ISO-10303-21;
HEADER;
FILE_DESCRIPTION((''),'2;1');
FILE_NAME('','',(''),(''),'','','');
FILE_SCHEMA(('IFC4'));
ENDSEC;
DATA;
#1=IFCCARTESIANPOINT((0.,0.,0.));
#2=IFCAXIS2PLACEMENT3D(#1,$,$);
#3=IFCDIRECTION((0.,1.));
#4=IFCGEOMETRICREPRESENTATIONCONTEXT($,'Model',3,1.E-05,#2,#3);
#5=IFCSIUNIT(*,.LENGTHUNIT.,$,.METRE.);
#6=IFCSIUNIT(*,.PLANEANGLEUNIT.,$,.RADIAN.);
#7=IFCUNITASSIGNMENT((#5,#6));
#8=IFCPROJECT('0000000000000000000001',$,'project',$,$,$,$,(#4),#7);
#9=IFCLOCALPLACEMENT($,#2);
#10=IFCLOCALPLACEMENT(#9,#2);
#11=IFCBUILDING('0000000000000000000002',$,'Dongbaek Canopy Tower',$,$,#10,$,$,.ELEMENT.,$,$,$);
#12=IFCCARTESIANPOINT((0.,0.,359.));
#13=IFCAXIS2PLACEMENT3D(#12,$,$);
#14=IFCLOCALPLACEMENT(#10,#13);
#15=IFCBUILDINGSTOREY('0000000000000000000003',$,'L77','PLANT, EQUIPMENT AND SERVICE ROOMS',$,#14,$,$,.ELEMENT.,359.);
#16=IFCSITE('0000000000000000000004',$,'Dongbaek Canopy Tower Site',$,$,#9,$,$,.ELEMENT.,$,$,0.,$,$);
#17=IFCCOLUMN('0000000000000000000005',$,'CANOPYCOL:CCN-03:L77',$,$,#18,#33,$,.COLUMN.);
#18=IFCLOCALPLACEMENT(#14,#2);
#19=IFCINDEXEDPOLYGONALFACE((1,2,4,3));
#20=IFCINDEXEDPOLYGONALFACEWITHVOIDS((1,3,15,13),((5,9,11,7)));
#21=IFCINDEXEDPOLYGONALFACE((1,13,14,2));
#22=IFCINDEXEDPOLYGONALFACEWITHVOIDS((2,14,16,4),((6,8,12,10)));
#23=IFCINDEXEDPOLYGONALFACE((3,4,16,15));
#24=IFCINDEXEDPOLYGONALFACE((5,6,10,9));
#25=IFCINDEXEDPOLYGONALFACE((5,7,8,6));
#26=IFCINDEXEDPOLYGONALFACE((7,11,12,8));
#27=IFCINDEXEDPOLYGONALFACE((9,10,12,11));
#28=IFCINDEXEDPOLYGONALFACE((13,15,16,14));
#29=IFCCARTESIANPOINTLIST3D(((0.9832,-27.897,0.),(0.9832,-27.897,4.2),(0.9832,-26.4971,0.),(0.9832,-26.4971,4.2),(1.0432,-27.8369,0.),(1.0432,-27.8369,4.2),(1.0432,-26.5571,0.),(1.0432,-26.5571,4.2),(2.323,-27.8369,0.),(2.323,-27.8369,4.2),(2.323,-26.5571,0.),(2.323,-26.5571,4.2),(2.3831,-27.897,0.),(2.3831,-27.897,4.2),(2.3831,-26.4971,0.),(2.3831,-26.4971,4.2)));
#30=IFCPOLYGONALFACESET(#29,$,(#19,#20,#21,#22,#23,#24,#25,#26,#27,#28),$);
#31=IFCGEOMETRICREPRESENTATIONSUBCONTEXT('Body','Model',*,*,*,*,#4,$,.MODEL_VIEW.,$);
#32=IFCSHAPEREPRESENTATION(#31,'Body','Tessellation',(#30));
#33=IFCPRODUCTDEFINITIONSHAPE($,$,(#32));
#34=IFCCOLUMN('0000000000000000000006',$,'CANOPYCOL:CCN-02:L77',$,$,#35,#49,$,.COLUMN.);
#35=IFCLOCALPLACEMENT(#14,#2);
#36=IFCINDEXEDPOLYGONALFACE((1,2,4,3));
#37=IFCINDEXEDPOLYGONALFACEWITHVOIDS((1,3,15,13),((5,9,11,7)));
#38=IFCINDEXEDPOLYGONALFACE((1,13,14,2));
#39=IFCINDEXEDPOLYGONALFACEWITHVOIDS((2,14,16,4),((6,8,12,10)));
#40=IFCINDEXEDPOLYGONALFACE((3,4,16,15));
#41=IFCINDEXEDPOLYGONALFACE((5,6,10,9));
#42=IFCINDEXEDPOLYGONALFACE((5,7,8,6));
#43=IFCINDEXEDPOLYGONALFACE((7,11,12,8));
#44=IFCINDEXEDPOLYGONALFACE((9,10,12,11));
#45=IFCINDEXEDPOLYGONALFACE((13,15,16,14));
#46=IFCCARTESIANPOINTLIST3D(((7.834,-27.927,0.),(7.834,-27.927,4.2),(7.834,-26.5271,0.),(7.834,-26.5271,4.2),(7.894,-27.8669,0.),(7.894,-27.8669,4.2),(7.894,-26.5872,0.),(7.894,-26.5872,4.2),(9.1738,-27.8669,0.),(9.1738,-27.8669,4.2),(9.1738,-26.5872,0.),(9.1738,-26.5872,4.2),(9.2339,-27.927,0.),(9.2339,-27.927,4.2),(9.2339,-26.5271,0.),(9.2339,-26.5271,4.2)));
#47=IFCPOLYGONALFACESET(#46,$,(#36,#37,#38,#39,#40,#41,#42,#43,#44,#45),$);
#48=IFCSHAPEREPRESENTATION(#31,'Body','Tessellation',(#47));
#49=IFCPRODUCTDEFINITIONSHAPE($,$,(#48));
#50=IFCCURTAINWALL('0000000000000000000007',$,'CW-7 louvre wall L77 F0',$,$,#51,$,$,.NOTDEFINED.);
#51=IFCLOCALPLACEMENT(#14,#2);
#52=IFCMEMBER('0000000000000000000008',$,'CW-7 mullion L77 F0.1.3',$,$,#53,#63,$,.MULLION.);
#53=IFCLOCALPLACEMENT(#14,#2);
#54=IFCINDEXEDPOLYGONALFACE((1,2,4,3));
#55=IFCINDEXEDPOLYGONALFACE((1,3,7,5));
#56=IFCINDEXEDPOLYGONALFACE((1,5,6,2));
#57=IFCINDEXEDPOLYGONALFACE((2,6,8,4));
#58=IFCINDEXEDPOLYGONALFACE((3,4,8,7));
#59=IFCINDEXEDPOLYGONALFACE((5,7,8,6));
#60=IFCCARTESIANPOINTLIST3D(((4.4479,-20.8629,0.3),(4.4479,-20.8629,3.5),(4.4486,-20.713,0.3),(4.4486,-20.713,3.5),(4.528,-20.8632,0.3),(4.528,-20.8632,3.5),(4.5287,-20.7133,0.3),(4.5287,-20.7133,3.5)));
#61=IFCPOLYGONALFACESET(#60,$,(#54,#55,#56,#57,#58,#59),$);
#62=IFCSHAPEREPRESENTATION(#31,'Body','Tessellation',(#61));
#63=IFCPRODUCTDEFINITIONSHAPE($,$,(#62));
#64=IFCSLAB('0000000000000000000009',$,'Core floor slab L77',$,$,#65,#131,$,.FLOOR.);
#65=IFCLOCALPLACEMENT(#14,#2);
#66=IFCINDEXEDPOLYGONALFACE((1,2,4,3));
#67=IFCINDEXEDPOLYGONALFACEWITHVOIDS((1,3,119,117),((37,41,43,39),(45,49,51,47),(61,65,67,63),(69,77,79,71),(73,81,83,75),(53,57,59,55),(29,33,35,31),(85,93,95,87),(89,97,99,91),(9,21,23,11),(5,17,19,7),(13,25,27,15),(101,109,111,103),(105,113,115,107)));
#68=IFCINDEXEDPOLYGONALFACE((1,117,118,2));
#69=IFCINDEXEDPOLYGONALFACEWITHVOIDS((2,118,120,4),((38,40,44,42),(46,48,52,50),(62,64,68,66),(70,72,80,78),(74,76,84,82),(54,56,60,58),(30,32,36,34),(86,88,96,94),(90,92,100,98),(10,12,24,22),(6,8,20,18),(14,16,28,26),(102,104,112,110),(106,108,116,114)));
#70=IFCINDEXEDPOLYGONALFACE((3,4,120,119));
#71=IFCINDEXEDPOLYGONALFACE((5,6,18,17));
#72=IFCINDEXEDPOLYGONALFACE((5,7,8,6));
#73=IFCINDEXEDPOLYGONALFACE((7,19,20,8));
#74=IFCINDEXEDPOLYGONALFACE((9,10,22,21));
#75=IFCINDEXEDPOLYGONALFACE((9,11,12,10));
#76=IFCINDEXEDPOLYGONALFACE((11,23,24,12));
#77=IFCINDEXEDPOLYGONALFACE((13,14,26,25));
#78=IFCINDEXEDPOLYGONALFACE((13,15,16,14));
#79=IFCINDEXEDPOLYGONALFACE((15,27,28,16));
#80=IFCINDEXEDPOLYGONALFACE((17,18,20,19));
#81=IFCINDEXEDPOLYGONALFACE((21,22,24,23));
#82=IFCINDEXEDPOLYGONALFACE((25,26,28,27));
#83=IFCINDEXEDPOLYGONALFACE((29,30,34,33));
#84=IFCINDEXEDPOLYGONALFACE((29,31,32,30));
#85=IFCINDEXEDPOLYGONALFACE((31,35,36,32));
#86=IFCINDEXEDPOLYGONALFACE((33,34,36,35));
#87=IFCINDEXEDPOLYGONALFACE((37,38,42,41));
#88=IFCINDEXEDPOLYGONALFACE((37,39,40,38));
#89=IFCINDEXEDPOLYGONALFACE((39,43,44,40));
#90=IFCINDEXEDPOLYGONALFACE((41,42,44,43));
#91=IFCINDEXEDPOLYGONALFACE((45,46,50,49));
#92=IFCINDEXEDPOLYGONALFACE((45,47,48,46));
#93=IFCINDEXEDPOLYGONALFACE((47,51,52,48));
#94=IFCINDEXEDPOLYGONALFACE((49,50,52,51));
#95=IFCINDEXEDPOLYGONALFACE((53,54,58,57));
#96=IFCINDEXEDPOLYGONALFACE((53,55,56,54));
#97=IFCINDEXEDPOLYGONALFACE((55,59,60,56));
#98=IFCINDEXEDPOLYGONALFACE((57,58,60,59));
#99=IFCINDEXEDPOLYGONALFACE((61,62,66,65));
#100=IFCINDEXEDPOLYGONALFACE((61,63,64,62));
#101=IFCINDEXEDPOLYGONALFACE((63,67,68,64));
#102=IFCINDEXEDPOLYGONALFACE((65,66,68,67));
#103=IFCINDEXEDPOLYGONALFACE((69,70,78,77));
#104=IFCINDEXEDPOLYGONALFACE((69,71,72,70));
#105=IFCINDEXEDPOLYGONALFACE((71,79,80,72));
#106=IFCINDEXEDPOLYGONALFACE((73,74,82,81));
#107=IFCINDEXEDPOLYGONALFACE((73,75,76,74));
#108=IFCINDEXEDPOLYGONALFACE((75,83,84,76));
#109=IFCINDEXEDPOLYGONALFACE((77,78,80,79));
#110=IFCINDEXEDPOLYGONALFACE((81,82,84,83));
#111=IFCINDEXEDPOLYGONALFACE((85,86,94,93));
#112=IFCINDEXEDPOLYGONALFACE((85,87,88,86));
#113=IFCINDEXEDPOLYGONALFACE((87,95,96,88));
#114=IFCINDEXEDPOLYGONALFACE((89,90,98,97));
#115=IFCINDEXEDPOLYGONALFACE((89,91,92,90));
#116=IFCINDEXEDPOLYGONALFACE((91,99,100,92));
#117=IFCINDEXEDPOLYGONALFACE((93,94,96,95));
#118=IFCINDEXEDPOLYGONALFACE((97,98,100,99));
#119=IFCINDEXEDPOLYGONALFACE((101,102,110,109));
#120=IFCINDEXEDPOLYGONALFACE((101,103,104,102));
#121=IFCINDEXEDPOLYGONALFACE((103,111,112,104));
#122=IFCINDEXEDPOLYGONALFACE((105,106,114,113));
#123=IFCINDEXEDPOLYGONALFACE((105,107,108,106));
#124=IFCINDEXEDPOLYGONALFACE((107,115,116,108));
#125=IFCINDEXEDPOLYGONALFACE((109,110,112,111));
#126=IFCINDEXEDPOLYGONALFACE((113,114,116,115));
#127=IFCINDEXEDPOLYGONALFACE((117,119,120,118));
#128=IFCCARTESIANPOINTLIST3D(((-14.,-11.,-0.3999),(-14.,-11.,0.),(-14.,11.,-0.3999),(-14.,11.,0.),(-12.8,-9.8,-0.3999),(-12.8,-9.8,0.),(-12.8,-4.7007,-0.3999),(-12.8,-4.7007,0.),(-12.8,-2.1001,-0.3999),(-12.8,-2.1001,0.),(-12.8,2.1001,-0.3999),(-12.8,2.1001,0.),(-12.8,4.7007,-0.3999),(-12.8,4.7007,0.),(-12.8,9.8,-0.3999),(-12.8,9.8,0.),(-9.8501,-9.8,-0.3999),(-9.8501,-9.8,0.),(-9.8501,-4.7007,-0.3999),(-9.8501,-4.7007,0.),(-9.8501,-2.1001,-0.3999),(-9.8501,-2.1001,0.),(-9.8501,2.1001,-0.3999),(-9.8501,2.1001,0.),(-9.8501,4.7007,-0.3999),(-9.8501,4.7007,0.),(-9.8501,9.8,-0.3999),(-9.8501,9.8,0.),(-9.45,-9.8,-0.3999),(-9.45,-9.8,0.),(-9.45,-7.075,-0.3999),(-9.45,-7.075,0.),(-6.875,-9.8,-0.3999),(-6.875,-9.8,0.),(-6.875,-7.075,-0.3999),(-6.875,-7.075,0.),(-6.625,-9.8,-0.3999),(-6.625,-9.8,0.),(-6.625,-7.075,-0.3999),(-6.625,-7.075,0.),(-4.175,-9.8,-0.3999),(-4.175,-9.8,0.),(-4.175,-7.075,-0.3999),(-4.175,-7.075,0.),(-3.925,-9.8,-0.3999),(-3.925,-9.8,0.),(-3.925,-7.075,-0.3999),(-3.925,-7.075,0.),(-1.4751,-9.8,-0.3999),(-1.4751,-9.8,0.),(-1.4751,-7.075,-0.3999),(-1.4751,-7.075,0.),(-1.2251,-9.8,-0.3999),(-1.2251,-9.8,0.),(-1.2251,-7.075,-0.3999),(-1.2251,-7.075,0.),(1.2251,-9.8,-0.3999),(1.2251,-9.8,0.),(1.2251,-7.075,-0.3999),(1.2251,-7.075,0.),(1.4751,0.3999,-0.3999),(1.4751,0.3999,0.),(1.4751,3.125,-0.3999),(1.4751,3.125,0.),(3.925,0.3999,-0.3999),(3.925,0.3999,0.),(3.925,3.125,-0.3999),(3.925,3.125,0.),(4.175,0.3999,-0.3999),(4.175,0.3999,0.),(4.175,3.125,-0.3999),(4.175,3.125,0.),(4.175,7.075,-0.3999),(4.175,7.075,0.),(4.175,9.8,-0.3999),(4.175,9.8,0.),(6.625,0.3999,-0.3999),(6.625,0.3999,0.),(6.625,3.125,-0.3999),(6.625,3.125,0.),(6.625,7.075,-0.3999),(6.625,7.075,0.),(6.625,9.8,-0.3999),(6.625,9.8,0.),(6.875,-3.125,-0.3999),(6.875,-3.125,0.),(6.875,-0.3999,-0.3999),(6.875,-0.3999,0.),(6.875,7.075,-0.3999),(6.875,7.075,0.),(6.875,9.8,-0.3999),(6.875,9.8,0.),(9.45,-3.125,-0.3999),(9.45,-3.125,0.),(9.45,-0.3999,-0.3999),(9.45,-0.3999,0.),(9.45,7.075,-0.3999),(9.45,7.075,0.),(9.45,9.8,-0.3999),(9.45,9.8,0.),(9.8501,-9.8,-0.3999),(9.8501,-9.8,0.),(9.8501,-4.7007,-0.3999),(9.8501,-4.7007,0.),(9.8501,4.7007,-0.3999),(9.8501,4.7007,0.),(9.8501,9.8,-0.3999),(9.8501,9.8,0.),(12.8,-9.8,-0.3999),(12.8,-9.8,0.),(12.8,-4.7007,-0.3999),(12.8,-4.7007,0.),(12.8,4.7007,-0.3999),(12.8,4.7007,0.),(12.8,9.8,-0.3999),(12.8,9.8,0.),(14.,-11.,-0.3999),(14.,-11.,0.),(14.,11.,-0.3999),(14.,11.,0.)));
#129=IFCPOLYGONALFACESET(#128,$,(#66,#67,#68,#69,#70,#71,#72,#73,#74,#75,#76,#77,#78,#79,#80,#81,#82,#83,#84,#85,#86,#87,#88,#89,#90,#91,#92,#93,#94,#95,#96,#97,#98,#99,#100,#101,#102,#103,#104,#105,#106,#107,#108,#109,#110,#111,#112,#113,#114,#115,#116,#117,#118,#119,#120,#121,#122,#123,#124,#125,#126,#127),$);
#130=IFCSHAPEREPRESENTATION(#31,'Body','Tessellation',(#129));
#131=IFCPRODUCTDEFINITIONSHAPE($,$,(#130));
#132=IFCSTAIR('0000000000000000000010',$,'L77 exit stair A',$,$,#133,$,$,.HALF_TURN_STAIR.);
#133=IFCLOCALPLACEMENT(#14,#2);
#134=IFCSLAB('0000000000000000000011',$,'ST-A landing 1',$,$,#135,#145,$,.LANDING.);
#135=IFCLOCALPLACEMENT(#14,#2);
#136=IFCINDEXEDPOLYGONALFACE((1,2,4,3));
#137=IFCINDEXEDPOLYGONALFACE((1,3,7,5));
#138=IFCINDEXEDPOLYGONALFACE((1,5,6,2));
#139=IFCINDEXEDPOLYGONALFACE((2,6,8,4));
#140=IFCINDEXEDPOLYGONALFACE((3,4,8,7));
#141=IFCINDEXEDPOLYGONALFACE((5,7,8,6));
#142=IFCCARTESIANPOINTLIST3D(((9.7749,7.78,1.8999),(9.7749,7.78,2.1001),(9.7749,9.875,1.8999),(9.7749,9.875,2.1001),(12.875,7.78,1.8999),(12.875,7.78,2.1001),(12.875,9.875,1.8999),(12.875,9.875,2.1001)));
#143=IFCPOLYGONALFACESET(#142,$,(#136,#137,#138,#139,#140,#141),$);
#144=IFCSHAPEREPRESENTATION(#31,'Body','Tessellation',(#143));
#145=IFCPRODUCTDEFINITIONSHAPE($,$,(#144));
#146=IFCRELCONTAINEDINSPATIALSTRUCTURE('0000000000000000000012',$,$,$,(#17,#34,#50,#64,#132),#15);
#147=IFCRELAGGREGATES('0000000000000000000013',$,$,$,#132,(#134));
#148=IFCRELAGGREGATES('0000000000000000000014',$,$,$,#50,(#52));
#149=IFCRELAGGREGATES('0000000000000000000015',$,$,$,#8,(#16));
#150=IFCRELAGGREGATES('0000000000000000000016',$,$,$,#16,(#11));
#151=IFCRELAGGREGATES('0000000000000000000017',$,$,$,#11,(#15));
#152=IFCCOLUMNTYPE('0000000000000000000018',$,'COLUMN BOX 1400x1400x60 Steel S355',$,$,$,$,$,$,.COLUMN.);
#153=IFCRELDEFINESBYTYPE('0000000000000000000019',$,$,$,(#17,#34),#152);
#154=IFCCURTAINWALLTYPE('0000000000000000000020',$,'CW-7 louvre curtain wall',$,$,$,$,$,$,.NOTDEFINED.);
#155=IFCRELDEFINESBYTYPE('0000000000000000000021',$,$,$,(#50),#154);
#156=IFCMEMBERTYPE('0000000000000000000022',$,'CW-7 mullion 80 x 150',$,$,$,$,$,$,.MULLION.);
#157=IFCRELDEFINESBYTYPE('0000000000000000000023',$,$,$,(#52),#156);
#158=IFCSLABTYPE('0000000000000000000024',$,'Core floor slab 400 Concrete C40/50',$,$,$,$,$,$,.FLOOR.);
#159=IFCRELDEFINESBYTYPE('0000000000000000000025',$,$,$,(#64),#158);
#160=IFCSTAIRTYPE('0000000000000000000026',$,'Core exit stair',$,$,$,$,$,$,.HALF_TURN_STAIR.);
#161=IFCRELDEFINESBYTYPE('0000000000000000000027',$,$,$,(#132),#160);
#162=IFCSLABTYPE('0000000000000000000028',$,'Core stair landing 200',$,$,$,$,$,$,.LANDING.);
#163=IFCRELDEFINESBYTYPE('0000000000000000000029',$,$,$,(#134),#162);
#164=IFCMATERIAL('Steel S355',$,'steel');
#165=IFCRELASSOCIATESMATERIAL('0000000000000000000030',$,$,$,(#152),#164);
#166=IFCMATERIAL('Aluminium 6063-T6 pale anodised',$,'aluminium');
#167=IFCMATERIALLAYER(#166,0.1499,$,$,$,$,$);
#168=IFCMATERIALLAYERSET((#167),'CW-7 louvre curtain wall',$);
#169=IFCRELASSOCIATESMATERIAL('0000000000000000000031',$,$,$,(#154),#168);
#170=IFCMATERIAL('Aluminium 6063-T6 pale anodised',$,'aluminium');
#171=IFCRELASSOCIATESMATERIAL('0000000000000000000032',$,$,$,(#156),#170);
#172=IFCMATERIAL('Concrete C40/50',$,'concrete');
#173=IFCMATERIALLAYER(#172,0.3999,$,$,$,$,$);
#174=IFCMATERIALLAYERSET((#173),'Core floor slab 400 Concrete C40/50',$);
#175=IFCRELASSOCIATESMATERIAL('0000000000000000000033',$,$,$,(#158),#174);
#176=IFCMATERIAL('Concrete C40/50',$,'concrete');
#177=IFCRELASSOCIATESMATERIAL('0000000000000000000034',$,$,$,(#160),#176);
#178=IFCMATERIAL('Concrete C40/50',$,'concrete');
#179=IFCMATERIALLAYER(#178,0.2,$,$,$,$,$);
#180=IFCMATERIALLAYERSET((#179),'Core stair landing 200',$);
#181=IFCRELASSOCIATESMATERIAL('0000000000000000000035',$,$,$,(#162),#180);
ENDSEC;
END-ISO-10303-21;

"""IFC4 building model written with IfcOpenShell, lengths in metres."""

from ifc_helpers import new_model, si_unit, direction, frame, origin, origin_2d, place, context, subcontext, project, spatial, polyline, rectangle, hollow_rectangle, outline, extrude, material, layer, layer_set, material_profile, profile_set, type_object, element, aggregate, save


model = new_model("IFC4")

# Units and contexts
model_context = context("Model", 3, precision=1e-05, world=origin(), true_north=direction((0.0, 1.0)))
body_context = subcontext(model_context, "Body", "Model", "MODEL_VIEW")
ifc_project = project(units=[si_unit("LENGTHUNIT", "METRE"), si_unit("PLANEANGLEUNIT", "RADIAN")], contexts=[model_context])

# Site, building, storey
site_placement = place(None, origin())
site = spatial("IfcSite", under=ifc_project, at=site_placement, Name="Dongbaek Canopy Tower Site", CompositionType="ELEMENT", RefElevation=0.0)
building_placement = place(site_placement, origin())
building = spatial("IfcBuilding", under=site, at=building_placement, Name="Dongbaek Canopy Tower", CompositionType="ELEMENT")
storey_placement = place(building_placement, frame((0.0, 0.0, 359.0)))
storey = spatial("IfcBuildingStorey", under=building, at=storey_placement, Name="L77", Description="PLANT, EQUIPMENT AND SERVICE ROOMS", CompositionType="ELEMENT", Elevation=359.0)

# Columns
ifc_material_1 = material(Name="Steel S355", Category="steel")
ifc_material_profile_1 = material_profile(ifc_material_1, hollow_rectangle(XDim=1.3999, YDim=1.3999, WallThickness=0.0601, at=origin_2d()), Name="COLUMN BOX 1400x1400x60 Steel S355")
ifc_profile_set_1 = profile_set([ifc_material_profile_1], Name="Steel S355")
column_type = type_object("IfcColumnType", Name="COLUMN BOX 1400x1400x60 Steel S355", PredefinedType="COLUMN", material=ifc_profile_set_1)
for number, where, z_axis, x_axis, name in (
    (1, (1.6831, -27.197, 0.0), (0.0, 0.0, 1.0), (1.0, 0.0, 0.0), "CANOPYCOL:CCN-03:L77"),
    (2, (8.5339, -27.2271, 0.0), (0.0, 0.0, 1.0), (1.0, 0.0, 0.0), "CANOPYCOL:CCN-02:L77"),
):
    element("IfcColumn", number, at=place(storey_placement, frame(where, z_axis=z_axis, x_axis=x_axis)), inside=storey, type_object=column_type, Name=name, PredefinedType="COLUMN", context=body_context, shape_type="SweptSolid", body=[
        extrude(hollow_rectangle(XDim=1.3999, YDim=1.3999, WallThickness=0.0601, at=origin_2d()), origin(), (0.0, 0.0, 1.0), 4.2),
    ])

# Curtain wall, member
ifc_material_2 = material(Name="Aluminium 6063-T6 pale anodised", Category="aluminium")
ifc_layer_1 = layer(ifc_material_2, 0.1499)
ifc_layer_set_1 = layer_set([ifc_layer_1], Name="CW-7 louvre curtain wall")
curtain_wall_type = type_object("IfcCurtainWallType", Name="CW-7 louvre curtain wall", PredefinedType="NOTDEFINED", material=ifc_layer_set_1)
curtain_wall_placement = place(storey_placement, origin())
curtain_wall = element("IfcCurtainWall", 3, at=curtain_wall_placement, inside=storey, type_object=curtain_wall_type, Name="CW-7 louvre wall L77 F0", PredefinedType="NOTDEFINED")
ifc_material_3 = material(Name="Aluminium 6063-T6 pale anodised", Category="aluminium")
ifc_material_profile_2 = material_profile(ifc_material_3, rectangle(XDim=0.1499, YDim=0.0801, at=origin_2d()), Name="CW-7 mullion 80 x 150")
ifc_profile_set_2 = profile_set([ifc_material_profile_2], Name="Aluminium 6063-T6 pale anodised")
member_type = type_object("IfcMemberType", Name="CW-7 mullion 80 x 150", PredefinedType="MULLION", material=ifc_profile_set_2)
member_placement = place(storey_placement, frame((4.4883, -20.7881, 0.3), z_axis=(0.0, 0.0, 1.0), x_axis=(-0.004466, -0.99999, 0.0)))
member = element("IfcMember", 4, at=member_placement, type_object=member_type, Name="CW-7 mullion L77 F0.1.3", PredefinedType="MULLION", context=body_context, shape_type="SweptSolid", body=[
    extrude(rectangle(XDim=0.1499, YDim=0.0801, at=origin_2d()), origin(), (0.0, 0.0, 1.0), 3.2),
])

# Slab
ifc_material_4 = material(Name="Concrete C40/50", Category="concrete")
ifc_layer_2 = layer(ifc_material_4, 0.3999)
ifc_layer_set_2 = layer_set([ifc_layer_2], Name="Core floor slab 400 Concrete C40/50")
slab_type_1 = type_object("IfcSlabType", Name="Core floor slab 400 Concrete C40/50", PredefinedType="FLOOR", material=ifc_layer_set_2)
slab_1_placement = place(storey_placement, frame((0.0, 0.0, -0.3999)))
element("IfcSlab", 5, at=slab_1_placement, inside=storey, type_object=slab_type_1, Name="Core floor slab L77", PredefinedType="FLOOR", context=body_context, shape_type="SweptSolid", body=[
    extrude(outline(polyline([(14.0, -11.0), (14.0, 11.0), (-14.0, 11.0), (-14.0, -11.0), (14.0, -11.0)]), holes=[polyline([(-12.8, 2.1001), (-9.8501, 2.1001), (-9.8501, -2.1001), (-12.8, -2.1001), (-12.8, 2.1001)]), polyline([(6.625, 9.8), (6.625, 7.075), (4.175, 7.075), (4.175, 9.8), (6.625, 9.8)]), polyline([(9.45, 7.075), (6.875, 7.075), (6.875, 9.8), (9.45, 9.8), (9.45, 7.075)]), polyline([(1.4751, 0.3999), (1.4751, 3.125), (3.925, 3.125), (3.925, 0.3999), (1.4751, 0.3999)]), polyline([(4.175, 0.3999), (4.175, 3.125), (6.625, 3.125), (6.625, 0.3999), (4.175, 0.3999)]), polyline([(9.45, -3.125), (6.875, -3.125), (6.875, -0.3999), (9.45, -0.3999), (9.45, -3.125)]), polyline([(-9.45, -7.075), (-6.875, -7.075), (-6.875, -9.8), (-9.45, -9.8), (-9.45, -7.075)]), polyline([(-6.625, -9.8), (-6.625, -7.075), (-4.175, -7.075), (-4.175, -9.8), (-6.625, -9.8)]), polyline([(-3.925, -9.8), (-3.925, -7.075), (-1.4751, -7.075), (-1.4751, -9.8), (-3.925, -9.8)]), polyline([(-1.2251, -9.8), (-1.2251, -7.075), (1.2251, -7.075), (1.2251, -9.8), (-1.2251, -9.8)]), polyline([(12.8, 4.7007), (12.8, 9.8), (9.8501, 9.8), (9.8501, 4.7007), (12.8, 4.7007)]), polyline([(-9.8501, 4.7007), (-9.8501, 9.8), (-12.8, 9.8), (-12.8, 4.7007), (-9.8501, 4.7007)]), polyline([(9.8501, -4.7007), (9.8501, -9.8), (12.8, -9.8), (12.8, -4.7007), (9.8501, -4.7007)]), polyline([(-12.8, -4.7007), (-12.8, -9.8), (-9.8501, -9.8), (-9.8501, -4.7007), (-12.8, -4.7007)])]), origin(), (0.0, 0.0, 1.0), 0.3999),
])

# Stair, slab
ifc_material_5 = material(Name="Concrete C40/50", Category="concrete")
stair_type = type_object("IfcStairType", Name="Core exit stair", PredefinedType="HALF_TURN_STAIR", material=ifc_material_5)
stair_placement = place(storey_placement, origin())
stair = element("IfcStair", 6, at=stair_placement, inside=storey, type_object=stair_type, Name="L77 exit stair A", PredefinedType="HALF_TURN_STAIR")
ifc_material_6 = material(Name="Concrete C40/50", Category="concrete")
ifc_layer_3 = layer(ifc_material_6, 0.2)
ifc_layer_set_3 = layer_set([ifc_layer_3], Name="Core stair landing 200")
slab_type_2 = type_object("IfcSlabType", Name="Core stair landing 200", PredefinedType="LANDING", material=ifc_layer_set_3)
slab_2_placement = place(storey_placement, frame((0.0, 0.0, 1.8999)))
slab_2 = element("IfcSlab", 7, at=slab_2_placement, type_object=slab_type_2, Name="ST-A landing 1", PredefinedType="LANDING", context=body_context, shape_type="SweptSolid", body=[
    extrude(outline(polyline([(12.875, 7.78), (12.875, 9.875), (9.7749, 9.875), (9.7749, 7.78), (12.875, 7.78)])), origin(), (0.0, 0.0, 1.0), 0.2002),
])
aggregate(stair, [slab_2])

aggregate(curtain_wall, [member])

save(model, "model.ifc")
